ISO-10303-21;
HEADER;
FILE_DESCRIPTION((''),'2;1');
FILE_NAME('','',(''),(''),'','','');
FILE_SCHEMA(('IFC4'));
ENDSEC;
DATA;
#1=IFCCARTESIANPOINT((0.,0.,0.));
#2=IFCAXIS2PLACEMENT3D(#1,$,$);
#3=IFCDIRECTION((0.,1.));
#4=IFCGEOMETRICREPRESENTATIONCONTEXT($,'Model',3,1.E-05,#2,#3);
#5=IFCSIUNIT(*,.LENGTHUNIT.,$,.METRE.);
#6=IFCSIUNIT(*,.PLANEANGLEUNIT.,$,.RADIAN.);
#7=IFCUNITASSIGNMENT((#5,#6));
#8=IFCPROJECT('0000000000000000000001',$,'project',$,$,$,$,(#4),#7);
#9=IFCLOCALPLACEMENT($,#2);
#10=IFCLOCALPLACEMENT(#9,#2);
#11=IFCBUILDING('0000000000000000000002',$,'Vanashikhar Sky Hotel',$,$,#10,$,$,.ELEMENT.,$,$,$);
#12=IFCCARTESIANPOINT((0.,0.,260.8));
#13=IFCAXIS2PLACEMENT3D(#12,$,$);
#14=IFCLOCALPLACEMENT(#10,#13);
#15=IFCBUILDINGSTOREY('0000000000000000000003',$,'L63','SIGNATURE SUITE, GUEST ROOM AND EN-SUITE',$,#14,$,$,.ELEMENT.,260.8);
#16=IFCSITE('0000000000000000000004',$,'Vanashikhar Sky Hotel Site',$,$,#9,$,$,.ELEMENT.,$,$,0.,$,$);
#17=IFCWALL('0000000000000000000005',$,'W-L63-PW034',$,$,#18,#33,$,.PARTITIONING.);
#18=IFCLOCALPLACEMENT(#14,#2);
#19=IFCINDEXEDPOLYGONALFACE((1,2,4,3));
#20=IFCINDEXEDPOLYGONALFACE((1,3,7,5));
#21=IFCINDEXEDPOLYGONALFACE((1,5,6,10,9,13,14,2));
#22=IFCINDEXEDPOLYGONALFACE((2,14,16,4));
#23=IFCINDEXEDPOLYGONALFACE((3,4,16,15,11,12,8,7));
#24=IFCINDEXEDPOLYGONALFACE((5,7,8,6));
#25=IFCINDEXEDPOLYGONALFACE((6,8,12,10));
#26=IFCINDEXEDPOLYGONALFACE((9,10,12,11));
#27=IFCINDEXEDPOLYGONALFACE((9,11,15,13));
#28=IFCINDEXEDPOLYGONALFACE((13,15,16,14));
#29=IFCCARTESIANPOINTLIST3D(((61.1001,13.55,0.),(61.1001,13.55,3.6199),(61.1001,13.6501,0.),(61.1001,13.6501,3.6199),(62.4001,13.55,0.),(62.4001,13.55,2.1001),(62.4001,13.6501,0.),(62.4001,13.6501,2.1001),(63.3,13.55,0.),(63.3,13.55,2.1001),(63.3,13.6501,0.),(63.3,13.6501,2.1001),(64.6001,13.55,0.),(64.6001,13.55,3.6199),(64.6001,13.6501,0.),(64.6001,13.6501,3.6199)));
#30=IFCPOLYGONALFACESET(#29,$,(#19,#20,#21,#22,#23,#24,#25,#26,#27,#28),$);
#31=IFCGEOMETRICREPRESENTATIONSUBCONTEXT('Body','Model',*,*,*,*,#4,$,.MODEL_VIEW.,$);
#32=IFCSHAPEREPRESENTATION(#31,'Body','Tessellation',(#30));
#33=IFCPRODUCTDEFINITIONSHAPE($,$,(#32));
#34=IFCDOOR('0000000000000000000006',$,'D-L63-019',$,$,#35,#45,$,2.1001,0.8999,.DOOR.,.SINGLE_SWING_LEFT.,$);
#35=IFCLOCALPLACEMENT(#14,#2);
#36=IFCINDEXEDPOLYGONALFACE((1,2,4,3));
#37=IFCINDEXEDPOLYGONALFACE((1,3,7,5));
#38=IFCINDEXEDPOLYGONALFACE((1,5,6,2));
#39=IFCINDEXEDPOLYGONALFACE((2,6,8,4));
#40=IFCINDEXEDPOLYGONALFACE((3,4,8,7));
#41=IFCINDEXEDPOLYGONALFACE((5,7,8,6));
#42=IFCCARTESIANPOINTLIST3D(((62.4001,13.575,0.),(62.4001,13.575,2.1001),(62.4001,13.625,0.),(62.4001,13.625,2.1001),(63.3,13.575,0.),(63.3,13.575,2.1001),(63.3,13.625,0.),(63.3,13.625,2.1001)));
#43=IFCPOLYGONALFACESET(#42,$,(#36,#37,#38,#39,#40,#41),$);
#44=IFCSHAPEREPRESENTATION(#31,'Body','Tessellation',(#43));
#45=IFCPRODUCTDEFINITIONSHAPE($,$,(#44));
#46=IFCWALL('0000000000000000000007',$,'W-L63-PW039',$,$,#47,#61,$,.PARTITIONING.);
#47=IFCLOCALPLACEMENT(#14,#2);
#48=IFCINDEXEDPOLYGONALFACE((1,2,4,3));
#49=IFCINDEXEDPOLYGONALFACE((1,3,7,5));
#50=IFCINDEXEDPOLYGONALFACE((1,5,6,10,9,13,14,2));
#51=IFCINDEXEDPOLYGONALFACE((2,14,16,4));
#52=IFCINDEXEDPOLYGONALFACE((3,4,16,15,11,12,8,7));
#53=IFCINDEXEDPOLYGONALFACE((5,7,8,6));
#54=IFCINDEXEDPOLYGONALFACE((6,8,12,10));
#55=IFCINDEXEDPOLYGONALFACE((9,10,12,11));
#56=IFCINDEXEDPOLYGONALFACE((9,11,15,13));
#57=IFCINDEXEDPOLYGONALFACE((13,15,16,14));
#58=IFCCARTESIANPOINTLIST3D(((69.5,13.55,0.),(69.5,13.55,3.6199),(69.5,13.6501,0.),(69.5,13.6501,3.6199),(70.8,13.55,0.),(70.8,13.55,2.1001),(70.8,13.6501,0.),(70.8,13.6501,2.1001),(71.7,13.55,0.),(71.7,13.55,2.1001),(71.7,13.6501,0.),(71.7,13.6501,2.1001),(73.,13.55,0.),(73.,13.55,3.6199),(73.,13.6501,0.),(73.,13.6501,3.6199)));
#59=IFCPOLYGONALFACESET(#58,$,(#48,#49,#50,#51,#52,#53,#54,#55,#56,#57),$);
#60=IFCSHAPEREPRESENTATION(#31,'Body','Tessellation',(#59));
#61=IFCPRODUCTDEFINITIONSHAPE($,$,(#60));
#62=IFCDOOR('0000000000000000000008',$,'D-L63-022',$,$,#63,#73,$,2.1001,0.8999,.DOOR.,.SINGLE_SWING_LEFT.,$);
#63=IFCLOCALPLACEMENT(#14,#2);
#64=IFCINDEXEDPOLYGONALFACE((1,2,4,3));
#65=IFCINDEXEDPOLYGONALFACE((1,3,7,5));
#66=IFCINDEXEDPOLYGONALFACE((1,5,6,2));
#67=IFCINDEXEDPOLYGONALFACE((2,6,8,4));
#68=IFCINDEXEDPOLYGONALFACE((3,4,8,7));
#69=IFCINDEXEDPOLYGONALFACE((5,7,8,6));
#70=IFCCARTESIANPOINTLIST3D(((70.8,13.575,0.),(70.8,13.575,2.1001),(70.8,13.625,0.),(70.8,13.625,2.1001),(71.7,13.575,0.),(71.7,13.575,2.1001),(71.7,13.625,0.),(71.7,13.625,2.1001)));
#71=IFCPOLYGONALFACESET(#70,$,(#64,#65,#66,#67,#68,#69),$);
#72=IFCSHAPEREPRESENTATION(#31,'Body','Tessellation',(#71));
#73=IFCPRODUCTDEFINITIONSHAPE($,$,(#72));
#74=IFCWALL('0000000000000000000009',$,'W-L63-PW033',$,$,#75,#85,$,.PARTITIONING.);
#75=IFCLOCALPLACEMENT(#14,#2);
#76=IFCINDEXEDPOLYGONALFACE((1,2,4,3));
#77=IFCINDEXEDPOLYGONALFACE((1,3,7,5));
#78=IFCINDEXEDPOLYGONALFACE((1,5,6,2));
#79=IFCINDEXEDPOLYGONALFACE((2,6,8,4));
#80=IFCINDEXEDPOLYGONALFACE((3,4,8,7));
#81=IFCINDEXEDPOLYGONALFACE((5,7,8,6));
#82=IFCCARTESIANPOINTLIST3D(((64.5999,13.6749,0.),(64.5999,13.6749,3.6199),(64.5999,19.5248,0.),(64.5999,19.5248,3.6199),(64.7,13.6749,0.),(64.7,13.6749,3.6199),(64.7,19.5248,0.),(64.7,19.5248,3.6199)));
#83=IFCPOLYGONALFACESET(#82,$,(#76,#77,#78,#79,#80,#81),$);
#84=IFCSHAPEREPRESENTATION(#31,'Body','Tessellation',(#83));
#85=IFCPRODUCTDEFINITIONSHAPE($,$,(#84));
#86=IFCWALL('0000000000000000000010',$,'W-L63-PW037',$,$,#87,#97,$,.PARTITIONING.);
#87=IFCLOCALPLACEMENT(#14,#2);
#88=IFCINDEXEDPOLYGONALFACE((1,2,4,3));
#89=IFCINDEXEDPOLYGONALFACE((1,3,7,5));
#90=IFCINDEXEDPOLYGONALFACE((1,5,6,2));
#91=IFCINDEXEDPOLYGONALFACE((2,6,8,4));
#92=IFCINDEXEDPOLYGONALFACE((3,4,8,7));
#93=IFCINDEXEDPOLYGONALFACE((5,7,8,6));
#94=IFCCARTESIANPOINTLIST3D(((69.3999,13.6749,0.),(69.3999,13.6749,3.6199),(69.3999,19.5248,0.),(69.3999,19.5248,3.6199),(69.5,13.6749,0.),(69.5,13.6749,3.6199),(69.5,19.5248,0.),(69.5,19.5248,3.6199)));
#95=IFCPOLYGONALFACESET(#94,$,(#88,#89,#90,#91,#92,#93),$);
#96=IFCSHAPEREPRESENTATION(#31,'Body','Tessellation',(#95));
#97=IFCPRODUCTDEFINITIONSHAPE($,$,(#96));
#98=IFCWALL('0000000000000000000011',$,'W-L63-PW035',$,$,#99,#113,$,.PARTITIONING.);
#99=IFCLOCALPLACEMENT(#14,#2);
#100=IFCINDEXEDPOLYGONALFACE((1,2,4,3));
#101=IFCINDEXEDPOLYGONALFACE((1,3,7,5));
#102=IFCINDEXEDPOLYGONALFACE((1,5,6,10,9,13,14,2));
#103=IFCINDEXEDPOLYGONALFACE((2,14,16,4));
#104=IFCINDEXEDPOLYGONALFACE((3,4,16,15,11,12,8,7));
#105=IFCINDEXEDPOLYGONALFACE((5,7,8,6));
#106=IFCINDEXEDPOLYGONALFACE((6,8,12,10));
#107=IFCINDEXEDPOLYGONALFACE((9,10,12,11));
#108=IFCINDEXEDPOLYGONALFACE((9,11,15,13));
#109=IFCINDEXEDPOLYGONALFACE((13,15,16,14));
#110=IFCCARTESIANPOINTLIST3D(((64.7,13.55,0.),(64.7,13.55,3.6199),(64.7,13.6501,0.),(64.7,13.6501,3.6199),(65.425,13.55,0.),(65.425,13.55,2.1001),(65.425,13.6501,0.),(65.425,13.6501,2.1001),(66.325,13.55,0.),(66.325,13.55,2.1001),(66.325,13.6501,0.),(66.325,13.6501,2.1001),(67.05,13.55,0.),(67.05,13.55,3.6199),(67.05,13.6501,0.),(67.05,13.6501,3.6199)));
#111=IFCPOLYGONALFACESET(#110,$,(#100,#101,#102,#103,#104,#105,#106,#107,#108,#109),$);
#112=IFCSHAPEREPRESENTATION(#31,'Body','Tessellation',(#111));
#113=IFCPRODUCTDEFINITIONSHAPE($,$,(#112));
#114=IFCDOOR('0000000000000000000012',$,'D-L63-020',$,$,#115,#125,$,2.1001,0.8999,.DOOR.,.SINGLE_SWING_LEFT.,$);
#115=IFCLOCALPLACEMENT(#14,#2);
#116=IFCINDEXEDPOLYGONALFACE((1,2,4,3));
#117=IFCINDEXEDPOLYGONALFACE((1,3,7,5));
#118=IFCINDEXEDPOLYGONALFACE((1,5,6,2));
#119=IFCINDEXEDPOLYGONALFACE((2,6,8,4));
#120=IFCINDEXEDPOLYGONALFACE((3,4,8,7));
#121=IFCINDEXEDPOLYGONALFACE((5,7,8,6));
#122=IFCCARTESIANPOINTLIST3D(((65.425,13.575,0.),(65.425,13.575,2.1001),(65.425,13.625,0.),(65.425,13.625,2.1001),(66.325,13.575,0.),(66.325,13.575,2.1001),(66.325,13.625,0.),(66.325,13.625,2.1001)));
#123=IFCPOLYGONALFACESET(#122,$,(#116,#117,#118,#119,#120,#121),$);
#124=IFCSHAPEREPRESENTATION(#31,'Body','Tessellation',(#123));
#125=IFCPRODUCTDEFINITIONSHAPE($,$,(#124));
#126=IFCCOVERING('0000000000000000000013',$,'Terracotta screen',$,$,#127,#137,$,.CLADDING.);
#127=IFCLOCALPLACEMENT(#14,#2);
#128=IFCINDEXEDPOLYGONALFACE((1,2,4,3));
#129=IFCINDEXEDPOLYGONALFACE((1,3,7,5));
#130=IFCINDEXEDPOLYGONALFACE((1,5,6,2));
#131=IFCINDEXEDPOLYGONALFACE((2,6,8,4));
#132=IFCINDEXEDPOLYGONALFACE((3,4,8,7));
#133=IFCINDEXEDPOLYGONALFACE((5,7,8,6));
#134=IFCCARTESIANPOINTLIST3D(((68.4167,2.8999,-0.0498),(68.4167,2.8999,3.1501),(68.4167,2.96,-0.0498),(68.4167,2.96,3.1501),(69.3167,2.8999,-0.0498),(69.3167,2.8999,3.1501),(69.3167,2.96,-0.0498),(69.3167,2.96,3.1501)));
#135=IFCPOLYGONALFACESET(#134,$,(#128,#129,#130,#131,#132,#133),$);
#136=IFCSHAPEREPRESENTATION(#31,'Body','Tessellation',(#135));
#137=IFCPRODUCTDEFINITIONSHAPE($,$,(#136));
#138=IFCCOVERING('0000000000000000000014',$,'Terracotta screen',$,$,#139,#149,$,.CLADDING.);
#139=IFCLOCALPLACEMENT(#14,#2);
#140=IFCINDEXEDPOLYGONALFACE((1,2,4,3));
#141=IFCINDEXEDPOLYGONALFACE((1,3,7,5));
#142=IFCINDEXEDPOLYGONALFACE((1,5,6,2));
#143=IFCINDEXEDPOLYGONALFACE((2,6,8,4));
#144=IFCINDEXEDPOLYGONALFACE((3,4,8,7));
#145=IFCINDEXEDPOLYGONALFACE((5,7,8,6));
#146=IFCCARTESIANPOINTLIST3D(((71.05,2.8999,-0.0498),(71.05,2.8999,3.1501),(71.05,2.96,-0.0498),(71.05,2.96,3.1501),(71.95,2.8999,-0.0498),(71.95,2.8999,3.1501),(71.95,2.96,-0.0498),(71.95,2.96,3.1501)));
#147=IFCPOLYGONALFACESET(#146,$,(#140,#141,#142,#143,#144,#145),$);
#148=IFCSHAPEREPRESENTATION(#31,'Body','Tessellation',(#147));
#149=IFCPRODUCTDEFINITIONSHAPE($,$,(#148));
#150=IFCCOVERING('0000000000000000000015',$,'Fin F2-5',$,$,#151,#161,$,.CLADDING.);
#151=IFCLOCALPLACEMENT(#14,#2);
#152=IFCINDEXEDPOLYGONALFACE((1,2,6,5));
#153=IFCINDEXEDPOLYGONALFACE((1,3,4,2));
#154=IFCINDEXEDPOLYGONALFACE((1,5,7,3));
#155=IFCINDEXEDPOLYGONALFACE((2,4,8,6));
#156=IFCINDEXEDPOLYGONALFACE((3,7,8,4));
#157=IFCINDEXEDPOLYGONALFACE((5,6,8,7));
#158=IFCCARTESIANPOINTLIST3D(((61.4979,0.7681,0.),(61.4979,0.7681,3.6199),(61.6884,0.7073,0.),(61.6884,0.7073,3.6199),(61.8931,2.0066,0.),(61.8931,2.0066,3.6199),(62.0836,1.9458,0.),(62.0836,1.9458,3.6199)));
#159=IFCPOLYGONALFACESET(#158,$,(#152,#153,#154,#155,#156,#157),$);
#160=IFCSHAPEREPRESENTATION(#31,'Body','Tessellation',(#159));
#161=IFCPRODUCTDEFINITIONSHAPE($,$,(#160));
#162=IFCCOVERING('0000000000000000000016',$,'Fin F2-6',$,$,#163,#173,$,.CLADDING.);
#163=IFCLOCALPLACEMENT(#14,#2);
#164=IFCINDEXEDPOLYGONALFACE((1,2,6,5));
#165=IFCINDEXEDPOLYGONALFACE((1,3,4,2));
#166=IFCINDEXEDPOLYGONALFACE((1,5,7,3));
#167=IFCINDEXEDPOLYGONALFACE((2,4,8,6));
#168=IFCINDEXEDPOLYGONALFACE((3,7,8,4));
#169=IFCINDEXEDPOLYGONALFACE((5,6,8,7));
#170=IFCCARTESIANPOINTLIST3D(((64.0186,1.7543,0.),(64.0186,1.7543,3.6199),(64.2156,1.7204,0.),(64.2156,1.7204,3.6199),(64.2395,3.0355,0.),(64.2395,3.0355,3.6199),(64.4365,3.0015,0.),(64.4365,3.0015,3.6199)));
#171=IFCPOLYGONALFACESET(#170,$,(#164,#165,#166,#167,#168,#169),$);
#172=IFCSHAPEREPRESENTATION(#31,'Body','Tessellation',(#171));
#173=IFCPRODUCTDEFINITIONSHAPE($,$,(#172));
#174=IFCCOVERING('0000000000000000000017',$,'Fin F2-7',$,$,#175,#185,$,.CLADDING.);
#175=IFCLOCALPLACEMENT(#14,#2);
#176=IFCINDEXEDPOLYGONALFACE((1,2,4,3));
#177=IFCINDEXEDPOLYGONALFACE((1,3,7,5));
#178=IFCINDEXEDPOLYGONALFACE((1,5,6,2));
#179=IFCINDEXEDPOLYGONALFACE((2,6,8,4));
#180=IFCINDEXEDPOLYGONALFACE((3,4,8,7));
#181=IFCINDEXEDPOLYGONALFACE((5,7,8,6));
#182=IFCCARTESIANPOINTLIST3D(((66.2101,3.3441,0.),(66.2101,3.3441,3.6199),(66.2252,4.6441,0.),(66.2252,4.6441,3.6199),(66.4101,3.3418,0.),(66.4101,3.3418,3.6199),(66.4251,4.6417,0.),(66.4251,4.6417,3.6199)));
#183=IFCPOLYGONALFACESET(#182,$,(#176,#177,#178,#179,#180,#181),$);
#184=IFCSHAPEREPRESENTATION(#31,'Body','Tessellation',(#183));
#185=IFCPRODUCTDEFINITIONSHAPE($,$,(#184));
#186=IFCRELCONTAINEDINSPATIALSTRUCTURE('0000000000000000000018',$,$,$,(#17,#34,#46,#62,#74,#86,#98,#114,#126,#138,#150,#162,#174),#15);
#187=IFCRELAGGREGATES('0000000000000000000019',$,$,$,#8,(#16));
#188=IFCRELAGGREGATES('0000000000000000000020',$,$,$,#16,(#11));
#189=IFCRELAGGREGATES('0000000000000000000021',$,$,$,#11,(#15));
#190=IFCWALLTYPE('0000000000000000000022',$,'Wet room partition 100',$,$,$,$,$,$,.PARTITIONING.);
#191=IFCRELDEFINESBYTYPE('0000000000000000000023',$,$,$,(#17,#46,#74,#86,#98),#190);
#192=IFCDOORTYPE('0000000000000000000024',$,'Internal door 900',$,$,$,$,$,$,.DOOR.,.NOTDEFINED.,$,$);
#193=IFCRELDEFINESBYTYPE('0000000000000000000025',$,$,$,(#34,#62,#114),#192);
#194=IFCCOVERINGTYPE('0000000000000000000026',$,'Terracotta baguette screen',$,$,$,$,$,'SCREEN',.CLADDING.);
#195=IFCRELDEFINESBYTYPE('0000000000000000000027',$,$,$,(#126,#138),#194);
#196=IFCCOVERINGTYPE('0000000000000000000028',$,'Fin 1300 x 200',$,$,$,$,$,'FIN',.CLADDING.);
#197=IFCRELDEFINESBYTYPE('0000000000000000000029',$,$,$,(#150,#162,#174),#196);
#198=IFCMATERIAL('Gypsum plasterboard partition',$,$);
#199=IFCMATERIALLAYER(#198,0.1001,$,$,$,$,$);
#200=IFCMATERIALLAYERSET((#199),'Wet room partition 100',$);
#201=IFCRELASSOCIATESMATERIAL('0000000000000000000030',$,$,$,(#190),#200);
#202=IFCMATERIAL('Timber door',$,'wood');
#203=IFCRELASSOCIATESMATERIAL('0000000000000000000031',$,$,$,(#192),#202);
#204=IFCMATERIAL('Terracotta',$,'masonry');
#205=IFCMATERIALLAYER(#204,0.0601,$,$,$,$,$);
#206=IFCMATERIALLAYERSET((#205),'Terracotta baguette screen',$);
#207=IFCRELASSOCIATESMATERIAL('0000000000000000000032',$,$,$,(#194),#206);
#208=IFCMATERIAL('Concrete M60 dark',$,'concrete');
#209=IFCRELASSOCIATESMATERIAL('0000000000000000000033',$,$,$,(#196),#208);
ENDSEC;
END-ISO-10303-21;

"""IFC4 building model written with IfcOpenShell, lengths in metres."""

from ifc_helpers import new_model, si_unit, direction, frame, frame_2d, origin, origin_2d, place, context, subcontext, project, spatial, rectangle, extrude, source, transform, mapped, material, layer, layer_set, material_profile, profile_set, type_object, element, fill, save


model = new_model("IFC4")

# Units and contexts
model_context = context("Model", 3, precision=1e-05, world=origin(), true_north=direction((0.0, 1.0)))
body_context = subcontext(model_context, "Body", "Model", "MODEL_VIEW")
ifc_project = project(units=[si_unit("LENGTHUNIT", "METRE"), si_unit("PLANEANGLEUNIT", "RADIAN")], contexts=[model_context])

# Site, building, storey
site_placement = place(None, origin())
site = spatial("IfcSite", under=ifc_project, at=site_placement, Name="Vanashikhar Sky Hotel Site", CompositionType="ELEMENT", RefElevation=0.0)
building_placement = place(site_placement, origin())
building = spatial("IfcBuilding", under=site, at=building_placement, Name="Vanashikhar Sky Hotel", CompositionType="ELEMENT")
storey_placement = place(building_placement, frame((0.0, 0.0, 260.8)))
storey = spatial("IfcBuildingStorey", under=building, at=storey_placement, Name="L63", Description="SIGNATURE SUITE, GUEST ROOM AND EN-SUITE", CompositionType="ELEMENT", Elevation=260.8)

# Walls, openings, doors
ifc_material_1 = material(Name="Gypsum plasterboard partition")
ifc_layer_1 = layer(ifc_material_1, 0.1001)
ifc_layer_set_1 = layer_set([ifc_layer_1], Name="Wet room partition 100")
wall_type_1 = type_object("IfcWallType", Name="Wet room partition 100", PredefinedType="PARTITIONING", material=ifc_layer_set_1)
shared_shape_1 = source(origin(), body_context, "Body", "SweptSolid", [
    extrude(rectangle(XDim=3.5, YDim=0.1001, at=frame_2d((1.75, 0.0))), origin(), (0.0, 0.0, 1.0), 3.6199),
])
wall_1_placement = place(storey_placement, frame((61.1001, 13.6001, 0.0), z_axis=(0.0, 0.0, 1.0), x_axis=(1.0, 0.0, 0.0)))
wall_1 = element("IfcWall", 1, at=wall_1_placement, inside=storey, type_object=wall_type_1, Name="W-L63-PW034", PredefinedType="PARTITIONING", context=body_context, shape_type="MappedRepresentation", body=[
    mapped(shared_shape_1, transform((0.0, 0.0, 0.0), scale=1.0)),
])
shared_shape_2 = source(origin(), body_context, "Body", "SweptSolid", [
    extrude(rectangle(XDim=0.8999, YDim=2.1001, at=frame_2d((0.45, 1.05))), frame((0.0, 0.0601, 0.0), z_axis=(0.0, -1.0, 0.0), x_axis=(1.0, 0.0, 0.0)), (0.0, 0.0, 1.0), 0.1201),
])
opening_1_placement = place(wall_1_placement, frame((1.3, 0.0, 0.0)))
opening_1 = element("IfcOpeningElement", 2, at=opening_1_placement, cuts=wall_1, PredefinedType="OPENING", context=body_context, shape_type="MappedRepresentation", body=[
    mapped(shared_shape_2, transform((0.0, 0.0, 0.0), scale=1.0)),
])
ifc_material_2 = material(Name="Timber door", Category="wood")
door_type_1 = type_object("IfcDoorType", Name="Internal door 900", OperationType="NOTDEFINED", PredefinedType="DOOR", material=ifc_material_2)
shared_shape_3 = source(origin(), body_context, "Body", "SweptSolid", [
    extrude(rectangle(XDim=0.8999, YDim=2.1001, at=frame_2d((0.45, 1.05))), frame((0.0, 0.0249, 0.0), z_axis=(0.0, -1.0, 0.0), x_axis=(1.0, 0.0, 0.0)), (0.0, 0.0, 1.0), 0.05),
])
door_1_placement = place(opening_1_placement, origin())
door_1 = element("IfcDoor", 3, at=door_1_placement, inside=storey, type_object=door_type_1, Name="D-L63-019", OperationType="SINGLE_SWING_LEFT", OverallHeight=2.1001, OverallWidth=0.8999, PredefinedType="DOOR", context=body_context, shape_type="MappedRepresentation", body=[
    mapped(shared_shape_3, transform((0.0, 0.0, 0.0), scale=1.0)),
])
fill(opening_1, door_1)
wall_2_placement = place(storey_placement, frame((69.5, 13.6001, 0.0), z_axis=(0.0, 0.0, 1.0), x_axis=(1.0, 0.0, 0.0)))
wall_2 = element("IfcWall", 4, at=wall_2_placement, inside=storey, type_object=wall_type_1, Name="W-L63-PW039", PredefinedType="PARTITIONING", context=body_context, shape_type="MappedRepresentation", body=[
    mapped(shared_shape_1, transform((0.0, 0.0, 0.0), scale=1.0)),
])
opening_2_placement = place(wall_2_placement, frame((1.3, 0.0, 0.0)))
opening_2 = element("IfcOpeningElement", 5, at=opening_2_placement, cuts=wall_2, PredefinedType="OPENING", context=body_context, shape_type="MappedRepresentation", body=[
    mapped(shared_shape_2, transform((0.0, 0.0, 0.0), scale=1.0)),
])
door_2_placement = place(opening_2_placement, origin())
door_2 = element("IfcDoor", 6, at=door_2_placement, inside=storey, type_object=door_type_1, Name="D-L63-022", OperationType="SINGLE_SWING_LEFT", OverallHeight=2.1001, OverallWidth=0.8999, PredefinedType="DOOR", context=body_context, shape_type="MappedRepresentation", body=[
    mapped(shared_shape_3, transform((0.0, 0.0, 0.0), scale=1.0)),
])
fill(opening_2, door_2)

# Walls
shared_shape_4 = source(origin(), body_context, "Body", "SweptSolid", [
    extrude(rectangle(XDim=5.8499, YDim=0.1001, at=frame_2d((2.9248, 0.0))), origin(), (0.0, 0.0, 1.0), 3.6199),
])
for number, where, z_axis, x_axis, name in (
    (7, (64.6499, 13.675, 0.0), (0.0, 0.0, 1.0), (0.0, 1.0, 0.0), "W-L63-PW033"),
    (8, (69.45, 13.675, 0.0), (0.0, 0.0, 1.0), (0.0, 1.0, 0.0), "W-L63-PW037"),
):
    element("IfcWall", number, at=place(storey_placement, frame(where, z_axis=z_axis, x_axis=x_axis)), inside=storey, type_object=wall_type_1, Name=name, PredefinedType="PARTITIONING", context=body_context, shape_type="MappedRepresentation", body=[
        mapped(shared_shape_4, transform((0.0, 0.0, 0.0), scale=1.0)),
    ])

# Wall, opening, door
shared_shape_5 = source(origin(), body_context, "Body", "SweptSolid", [
    extrude(rectangle(XDim=2.3501, YDim=0.1001, at=frame_2d((1.175, 0.0))), origin(), (0.0, 0.0, 1.0), 3.6199),
])
wall_3_placement = place(storey_placement, frame((64.7, 13.6001, 0.0), z_axis=(0.0, 0.0, 1.0), x_axis=(1.0, 0.0, 0.0)))
wall_3 = element("IfcWall", 9, at=wall_3_placement, inside=storey, type_object=wall_type_1, Name="W-L63-PW035", PredefinedType="PARTITIONING", context=body_context, shape_type="MappedRepresentation", body=[
    mapped(shared_shape_5, transform((0.0, 0.0, 0.0), scale=1.0)),
])
opening_3_placement = place(wall_3_placement, frame((0.7251, 0.0, 0.0)))
opening_3 = element("IfcOpeningElement", 10, at=opening_3_placement, cuts=wall_3, PredefinedType="OPENING", context=body_context, shape_type="MappedRepresentation", body=[
    mapped(shared_shape_2, transform((0.0, 0.0, 0.0), scale=1.0)),
])
door_3_placement = place(opening_3_placement, origin())
door_3 = element("IfcDoor", 11, at=door_3_placement, inside=storey, type_object=door_type_1, Name="D-L63-020", OperationType="SINGLE_SWING_LEFT", OverallHeight=2.1001, OverallWidth=0.8999, PredefinedType="DOOR", context=body_context, shape_type="MappedRepresentation", body=[
    mapped(shared_shape_3, transform((0.0, 0.0, 0.0), scale=1.0)),
])
fill(opening_3, door_3)

# Coverings
ifc_material_3 = material(Name="Terracotta", Category="masonry")
ifc_layer_2 = layer(ifc_material_3, 0.0601)
ifc_layer_set_2 = layer_set([ifc_layer_2], Name="Terracotta baguette screen")
covering_type_1 = type_object("IfcCoveringType", Name="Terracotta baguette screen", ElementType="SCREEN", PredefinedType="CLADDING", material=ifc_layer_set_2)
shared_shape_6 = source(origin(), body_context, "Body", "SweptSolid", [
    extrude(rectangle(XDim=0.8999, YDim=0.0601, at=origin_2d()), origin(), (0.0, 0.0, 1.0), 3.2),
])
for number, where, z_axis, x_axis, name in (
    (12, (68.8667, 2.9299, -0.0498), (0.0, 0.0, 1.0), (1.0, 0.0, 0.0), "Terracotta screen"),
    (13, (71.5, 2.9299, -0.0498), (0.0, 0.0, 1.0), (1.0, 0.0, 0.0), "Terracotta screen"),
):
    element("IfcCovering", number, at=place(storey_placement, frame(where, z_axis=z_axis, x_axis=x_axis)), inside=storey, type_object=covering_type_1, Name=name, PredefinedType="CLADDING", context=body_context, shape_type="MappedRepresentation", body=[
        mapped(shared_shape_6, transform((0.0, 0.0, 0.0), scale=1.0)),
    ])

# Coverings
ifc_material_4 = material(Name="Concrete M60 dark", Category="concrete")
ifc_material_profile_1 = material_profile(ifc_material_4, rectangle(XDim=1.3, YDim=0.2, at=origin_2d()))
ifc_profile_set_1 = profile_set([ifc_material_profile_1], Name="Fin 1300 x 200")
covering_type_2 = type_object("IfcCoveringType", Name="Fin 1300 x 200", ElementType="FIN", PredefinedType="CLADDING", material=ifc_profile_set_1)
shared_shape_7 = source(origin(), body_context, "Body", "SweptSolid", [
    extrude(rectangle(XDim=1.3, YDim=0.2, at=origin_2d()), origin(), (0.0, 0.0, 1.0), 3.6199),
])
for number, where, z_axis, x_axis, name in (
    (14, (61.7908, 1.3569, 0.0), (0.0, 0.0, 1.0), (-0.303967, -0.952683, 0.0), "Fin F2-5"),
    (15, (64.2275, 2.3779, 0.0), (0.0, 0.0, 1.0), (-0.1699, -0.985461, 0.0), "Fin F2-6"),
    (16, (66.3176, 3.9929, 0.0), (0.0, 0.0, 1.0), (-0.011589, -0.999933, 0.0), "Fin F2-7"),
):
    element("IfcCovering", number, at=place(storey_placement, frame(where, z_axis=z_axis, x_axis=x_axis)), inside=storey, type_object=covering_type_2, Name=name, PredefinedType="CLADDING", context=body_context, shape_type="MappedRepresentation", body=[
        mapped(shared_shape_7, transform((0.0, 0.0, 0.0), scale=1.0)),
    ])

save(model, "model.ifc")
